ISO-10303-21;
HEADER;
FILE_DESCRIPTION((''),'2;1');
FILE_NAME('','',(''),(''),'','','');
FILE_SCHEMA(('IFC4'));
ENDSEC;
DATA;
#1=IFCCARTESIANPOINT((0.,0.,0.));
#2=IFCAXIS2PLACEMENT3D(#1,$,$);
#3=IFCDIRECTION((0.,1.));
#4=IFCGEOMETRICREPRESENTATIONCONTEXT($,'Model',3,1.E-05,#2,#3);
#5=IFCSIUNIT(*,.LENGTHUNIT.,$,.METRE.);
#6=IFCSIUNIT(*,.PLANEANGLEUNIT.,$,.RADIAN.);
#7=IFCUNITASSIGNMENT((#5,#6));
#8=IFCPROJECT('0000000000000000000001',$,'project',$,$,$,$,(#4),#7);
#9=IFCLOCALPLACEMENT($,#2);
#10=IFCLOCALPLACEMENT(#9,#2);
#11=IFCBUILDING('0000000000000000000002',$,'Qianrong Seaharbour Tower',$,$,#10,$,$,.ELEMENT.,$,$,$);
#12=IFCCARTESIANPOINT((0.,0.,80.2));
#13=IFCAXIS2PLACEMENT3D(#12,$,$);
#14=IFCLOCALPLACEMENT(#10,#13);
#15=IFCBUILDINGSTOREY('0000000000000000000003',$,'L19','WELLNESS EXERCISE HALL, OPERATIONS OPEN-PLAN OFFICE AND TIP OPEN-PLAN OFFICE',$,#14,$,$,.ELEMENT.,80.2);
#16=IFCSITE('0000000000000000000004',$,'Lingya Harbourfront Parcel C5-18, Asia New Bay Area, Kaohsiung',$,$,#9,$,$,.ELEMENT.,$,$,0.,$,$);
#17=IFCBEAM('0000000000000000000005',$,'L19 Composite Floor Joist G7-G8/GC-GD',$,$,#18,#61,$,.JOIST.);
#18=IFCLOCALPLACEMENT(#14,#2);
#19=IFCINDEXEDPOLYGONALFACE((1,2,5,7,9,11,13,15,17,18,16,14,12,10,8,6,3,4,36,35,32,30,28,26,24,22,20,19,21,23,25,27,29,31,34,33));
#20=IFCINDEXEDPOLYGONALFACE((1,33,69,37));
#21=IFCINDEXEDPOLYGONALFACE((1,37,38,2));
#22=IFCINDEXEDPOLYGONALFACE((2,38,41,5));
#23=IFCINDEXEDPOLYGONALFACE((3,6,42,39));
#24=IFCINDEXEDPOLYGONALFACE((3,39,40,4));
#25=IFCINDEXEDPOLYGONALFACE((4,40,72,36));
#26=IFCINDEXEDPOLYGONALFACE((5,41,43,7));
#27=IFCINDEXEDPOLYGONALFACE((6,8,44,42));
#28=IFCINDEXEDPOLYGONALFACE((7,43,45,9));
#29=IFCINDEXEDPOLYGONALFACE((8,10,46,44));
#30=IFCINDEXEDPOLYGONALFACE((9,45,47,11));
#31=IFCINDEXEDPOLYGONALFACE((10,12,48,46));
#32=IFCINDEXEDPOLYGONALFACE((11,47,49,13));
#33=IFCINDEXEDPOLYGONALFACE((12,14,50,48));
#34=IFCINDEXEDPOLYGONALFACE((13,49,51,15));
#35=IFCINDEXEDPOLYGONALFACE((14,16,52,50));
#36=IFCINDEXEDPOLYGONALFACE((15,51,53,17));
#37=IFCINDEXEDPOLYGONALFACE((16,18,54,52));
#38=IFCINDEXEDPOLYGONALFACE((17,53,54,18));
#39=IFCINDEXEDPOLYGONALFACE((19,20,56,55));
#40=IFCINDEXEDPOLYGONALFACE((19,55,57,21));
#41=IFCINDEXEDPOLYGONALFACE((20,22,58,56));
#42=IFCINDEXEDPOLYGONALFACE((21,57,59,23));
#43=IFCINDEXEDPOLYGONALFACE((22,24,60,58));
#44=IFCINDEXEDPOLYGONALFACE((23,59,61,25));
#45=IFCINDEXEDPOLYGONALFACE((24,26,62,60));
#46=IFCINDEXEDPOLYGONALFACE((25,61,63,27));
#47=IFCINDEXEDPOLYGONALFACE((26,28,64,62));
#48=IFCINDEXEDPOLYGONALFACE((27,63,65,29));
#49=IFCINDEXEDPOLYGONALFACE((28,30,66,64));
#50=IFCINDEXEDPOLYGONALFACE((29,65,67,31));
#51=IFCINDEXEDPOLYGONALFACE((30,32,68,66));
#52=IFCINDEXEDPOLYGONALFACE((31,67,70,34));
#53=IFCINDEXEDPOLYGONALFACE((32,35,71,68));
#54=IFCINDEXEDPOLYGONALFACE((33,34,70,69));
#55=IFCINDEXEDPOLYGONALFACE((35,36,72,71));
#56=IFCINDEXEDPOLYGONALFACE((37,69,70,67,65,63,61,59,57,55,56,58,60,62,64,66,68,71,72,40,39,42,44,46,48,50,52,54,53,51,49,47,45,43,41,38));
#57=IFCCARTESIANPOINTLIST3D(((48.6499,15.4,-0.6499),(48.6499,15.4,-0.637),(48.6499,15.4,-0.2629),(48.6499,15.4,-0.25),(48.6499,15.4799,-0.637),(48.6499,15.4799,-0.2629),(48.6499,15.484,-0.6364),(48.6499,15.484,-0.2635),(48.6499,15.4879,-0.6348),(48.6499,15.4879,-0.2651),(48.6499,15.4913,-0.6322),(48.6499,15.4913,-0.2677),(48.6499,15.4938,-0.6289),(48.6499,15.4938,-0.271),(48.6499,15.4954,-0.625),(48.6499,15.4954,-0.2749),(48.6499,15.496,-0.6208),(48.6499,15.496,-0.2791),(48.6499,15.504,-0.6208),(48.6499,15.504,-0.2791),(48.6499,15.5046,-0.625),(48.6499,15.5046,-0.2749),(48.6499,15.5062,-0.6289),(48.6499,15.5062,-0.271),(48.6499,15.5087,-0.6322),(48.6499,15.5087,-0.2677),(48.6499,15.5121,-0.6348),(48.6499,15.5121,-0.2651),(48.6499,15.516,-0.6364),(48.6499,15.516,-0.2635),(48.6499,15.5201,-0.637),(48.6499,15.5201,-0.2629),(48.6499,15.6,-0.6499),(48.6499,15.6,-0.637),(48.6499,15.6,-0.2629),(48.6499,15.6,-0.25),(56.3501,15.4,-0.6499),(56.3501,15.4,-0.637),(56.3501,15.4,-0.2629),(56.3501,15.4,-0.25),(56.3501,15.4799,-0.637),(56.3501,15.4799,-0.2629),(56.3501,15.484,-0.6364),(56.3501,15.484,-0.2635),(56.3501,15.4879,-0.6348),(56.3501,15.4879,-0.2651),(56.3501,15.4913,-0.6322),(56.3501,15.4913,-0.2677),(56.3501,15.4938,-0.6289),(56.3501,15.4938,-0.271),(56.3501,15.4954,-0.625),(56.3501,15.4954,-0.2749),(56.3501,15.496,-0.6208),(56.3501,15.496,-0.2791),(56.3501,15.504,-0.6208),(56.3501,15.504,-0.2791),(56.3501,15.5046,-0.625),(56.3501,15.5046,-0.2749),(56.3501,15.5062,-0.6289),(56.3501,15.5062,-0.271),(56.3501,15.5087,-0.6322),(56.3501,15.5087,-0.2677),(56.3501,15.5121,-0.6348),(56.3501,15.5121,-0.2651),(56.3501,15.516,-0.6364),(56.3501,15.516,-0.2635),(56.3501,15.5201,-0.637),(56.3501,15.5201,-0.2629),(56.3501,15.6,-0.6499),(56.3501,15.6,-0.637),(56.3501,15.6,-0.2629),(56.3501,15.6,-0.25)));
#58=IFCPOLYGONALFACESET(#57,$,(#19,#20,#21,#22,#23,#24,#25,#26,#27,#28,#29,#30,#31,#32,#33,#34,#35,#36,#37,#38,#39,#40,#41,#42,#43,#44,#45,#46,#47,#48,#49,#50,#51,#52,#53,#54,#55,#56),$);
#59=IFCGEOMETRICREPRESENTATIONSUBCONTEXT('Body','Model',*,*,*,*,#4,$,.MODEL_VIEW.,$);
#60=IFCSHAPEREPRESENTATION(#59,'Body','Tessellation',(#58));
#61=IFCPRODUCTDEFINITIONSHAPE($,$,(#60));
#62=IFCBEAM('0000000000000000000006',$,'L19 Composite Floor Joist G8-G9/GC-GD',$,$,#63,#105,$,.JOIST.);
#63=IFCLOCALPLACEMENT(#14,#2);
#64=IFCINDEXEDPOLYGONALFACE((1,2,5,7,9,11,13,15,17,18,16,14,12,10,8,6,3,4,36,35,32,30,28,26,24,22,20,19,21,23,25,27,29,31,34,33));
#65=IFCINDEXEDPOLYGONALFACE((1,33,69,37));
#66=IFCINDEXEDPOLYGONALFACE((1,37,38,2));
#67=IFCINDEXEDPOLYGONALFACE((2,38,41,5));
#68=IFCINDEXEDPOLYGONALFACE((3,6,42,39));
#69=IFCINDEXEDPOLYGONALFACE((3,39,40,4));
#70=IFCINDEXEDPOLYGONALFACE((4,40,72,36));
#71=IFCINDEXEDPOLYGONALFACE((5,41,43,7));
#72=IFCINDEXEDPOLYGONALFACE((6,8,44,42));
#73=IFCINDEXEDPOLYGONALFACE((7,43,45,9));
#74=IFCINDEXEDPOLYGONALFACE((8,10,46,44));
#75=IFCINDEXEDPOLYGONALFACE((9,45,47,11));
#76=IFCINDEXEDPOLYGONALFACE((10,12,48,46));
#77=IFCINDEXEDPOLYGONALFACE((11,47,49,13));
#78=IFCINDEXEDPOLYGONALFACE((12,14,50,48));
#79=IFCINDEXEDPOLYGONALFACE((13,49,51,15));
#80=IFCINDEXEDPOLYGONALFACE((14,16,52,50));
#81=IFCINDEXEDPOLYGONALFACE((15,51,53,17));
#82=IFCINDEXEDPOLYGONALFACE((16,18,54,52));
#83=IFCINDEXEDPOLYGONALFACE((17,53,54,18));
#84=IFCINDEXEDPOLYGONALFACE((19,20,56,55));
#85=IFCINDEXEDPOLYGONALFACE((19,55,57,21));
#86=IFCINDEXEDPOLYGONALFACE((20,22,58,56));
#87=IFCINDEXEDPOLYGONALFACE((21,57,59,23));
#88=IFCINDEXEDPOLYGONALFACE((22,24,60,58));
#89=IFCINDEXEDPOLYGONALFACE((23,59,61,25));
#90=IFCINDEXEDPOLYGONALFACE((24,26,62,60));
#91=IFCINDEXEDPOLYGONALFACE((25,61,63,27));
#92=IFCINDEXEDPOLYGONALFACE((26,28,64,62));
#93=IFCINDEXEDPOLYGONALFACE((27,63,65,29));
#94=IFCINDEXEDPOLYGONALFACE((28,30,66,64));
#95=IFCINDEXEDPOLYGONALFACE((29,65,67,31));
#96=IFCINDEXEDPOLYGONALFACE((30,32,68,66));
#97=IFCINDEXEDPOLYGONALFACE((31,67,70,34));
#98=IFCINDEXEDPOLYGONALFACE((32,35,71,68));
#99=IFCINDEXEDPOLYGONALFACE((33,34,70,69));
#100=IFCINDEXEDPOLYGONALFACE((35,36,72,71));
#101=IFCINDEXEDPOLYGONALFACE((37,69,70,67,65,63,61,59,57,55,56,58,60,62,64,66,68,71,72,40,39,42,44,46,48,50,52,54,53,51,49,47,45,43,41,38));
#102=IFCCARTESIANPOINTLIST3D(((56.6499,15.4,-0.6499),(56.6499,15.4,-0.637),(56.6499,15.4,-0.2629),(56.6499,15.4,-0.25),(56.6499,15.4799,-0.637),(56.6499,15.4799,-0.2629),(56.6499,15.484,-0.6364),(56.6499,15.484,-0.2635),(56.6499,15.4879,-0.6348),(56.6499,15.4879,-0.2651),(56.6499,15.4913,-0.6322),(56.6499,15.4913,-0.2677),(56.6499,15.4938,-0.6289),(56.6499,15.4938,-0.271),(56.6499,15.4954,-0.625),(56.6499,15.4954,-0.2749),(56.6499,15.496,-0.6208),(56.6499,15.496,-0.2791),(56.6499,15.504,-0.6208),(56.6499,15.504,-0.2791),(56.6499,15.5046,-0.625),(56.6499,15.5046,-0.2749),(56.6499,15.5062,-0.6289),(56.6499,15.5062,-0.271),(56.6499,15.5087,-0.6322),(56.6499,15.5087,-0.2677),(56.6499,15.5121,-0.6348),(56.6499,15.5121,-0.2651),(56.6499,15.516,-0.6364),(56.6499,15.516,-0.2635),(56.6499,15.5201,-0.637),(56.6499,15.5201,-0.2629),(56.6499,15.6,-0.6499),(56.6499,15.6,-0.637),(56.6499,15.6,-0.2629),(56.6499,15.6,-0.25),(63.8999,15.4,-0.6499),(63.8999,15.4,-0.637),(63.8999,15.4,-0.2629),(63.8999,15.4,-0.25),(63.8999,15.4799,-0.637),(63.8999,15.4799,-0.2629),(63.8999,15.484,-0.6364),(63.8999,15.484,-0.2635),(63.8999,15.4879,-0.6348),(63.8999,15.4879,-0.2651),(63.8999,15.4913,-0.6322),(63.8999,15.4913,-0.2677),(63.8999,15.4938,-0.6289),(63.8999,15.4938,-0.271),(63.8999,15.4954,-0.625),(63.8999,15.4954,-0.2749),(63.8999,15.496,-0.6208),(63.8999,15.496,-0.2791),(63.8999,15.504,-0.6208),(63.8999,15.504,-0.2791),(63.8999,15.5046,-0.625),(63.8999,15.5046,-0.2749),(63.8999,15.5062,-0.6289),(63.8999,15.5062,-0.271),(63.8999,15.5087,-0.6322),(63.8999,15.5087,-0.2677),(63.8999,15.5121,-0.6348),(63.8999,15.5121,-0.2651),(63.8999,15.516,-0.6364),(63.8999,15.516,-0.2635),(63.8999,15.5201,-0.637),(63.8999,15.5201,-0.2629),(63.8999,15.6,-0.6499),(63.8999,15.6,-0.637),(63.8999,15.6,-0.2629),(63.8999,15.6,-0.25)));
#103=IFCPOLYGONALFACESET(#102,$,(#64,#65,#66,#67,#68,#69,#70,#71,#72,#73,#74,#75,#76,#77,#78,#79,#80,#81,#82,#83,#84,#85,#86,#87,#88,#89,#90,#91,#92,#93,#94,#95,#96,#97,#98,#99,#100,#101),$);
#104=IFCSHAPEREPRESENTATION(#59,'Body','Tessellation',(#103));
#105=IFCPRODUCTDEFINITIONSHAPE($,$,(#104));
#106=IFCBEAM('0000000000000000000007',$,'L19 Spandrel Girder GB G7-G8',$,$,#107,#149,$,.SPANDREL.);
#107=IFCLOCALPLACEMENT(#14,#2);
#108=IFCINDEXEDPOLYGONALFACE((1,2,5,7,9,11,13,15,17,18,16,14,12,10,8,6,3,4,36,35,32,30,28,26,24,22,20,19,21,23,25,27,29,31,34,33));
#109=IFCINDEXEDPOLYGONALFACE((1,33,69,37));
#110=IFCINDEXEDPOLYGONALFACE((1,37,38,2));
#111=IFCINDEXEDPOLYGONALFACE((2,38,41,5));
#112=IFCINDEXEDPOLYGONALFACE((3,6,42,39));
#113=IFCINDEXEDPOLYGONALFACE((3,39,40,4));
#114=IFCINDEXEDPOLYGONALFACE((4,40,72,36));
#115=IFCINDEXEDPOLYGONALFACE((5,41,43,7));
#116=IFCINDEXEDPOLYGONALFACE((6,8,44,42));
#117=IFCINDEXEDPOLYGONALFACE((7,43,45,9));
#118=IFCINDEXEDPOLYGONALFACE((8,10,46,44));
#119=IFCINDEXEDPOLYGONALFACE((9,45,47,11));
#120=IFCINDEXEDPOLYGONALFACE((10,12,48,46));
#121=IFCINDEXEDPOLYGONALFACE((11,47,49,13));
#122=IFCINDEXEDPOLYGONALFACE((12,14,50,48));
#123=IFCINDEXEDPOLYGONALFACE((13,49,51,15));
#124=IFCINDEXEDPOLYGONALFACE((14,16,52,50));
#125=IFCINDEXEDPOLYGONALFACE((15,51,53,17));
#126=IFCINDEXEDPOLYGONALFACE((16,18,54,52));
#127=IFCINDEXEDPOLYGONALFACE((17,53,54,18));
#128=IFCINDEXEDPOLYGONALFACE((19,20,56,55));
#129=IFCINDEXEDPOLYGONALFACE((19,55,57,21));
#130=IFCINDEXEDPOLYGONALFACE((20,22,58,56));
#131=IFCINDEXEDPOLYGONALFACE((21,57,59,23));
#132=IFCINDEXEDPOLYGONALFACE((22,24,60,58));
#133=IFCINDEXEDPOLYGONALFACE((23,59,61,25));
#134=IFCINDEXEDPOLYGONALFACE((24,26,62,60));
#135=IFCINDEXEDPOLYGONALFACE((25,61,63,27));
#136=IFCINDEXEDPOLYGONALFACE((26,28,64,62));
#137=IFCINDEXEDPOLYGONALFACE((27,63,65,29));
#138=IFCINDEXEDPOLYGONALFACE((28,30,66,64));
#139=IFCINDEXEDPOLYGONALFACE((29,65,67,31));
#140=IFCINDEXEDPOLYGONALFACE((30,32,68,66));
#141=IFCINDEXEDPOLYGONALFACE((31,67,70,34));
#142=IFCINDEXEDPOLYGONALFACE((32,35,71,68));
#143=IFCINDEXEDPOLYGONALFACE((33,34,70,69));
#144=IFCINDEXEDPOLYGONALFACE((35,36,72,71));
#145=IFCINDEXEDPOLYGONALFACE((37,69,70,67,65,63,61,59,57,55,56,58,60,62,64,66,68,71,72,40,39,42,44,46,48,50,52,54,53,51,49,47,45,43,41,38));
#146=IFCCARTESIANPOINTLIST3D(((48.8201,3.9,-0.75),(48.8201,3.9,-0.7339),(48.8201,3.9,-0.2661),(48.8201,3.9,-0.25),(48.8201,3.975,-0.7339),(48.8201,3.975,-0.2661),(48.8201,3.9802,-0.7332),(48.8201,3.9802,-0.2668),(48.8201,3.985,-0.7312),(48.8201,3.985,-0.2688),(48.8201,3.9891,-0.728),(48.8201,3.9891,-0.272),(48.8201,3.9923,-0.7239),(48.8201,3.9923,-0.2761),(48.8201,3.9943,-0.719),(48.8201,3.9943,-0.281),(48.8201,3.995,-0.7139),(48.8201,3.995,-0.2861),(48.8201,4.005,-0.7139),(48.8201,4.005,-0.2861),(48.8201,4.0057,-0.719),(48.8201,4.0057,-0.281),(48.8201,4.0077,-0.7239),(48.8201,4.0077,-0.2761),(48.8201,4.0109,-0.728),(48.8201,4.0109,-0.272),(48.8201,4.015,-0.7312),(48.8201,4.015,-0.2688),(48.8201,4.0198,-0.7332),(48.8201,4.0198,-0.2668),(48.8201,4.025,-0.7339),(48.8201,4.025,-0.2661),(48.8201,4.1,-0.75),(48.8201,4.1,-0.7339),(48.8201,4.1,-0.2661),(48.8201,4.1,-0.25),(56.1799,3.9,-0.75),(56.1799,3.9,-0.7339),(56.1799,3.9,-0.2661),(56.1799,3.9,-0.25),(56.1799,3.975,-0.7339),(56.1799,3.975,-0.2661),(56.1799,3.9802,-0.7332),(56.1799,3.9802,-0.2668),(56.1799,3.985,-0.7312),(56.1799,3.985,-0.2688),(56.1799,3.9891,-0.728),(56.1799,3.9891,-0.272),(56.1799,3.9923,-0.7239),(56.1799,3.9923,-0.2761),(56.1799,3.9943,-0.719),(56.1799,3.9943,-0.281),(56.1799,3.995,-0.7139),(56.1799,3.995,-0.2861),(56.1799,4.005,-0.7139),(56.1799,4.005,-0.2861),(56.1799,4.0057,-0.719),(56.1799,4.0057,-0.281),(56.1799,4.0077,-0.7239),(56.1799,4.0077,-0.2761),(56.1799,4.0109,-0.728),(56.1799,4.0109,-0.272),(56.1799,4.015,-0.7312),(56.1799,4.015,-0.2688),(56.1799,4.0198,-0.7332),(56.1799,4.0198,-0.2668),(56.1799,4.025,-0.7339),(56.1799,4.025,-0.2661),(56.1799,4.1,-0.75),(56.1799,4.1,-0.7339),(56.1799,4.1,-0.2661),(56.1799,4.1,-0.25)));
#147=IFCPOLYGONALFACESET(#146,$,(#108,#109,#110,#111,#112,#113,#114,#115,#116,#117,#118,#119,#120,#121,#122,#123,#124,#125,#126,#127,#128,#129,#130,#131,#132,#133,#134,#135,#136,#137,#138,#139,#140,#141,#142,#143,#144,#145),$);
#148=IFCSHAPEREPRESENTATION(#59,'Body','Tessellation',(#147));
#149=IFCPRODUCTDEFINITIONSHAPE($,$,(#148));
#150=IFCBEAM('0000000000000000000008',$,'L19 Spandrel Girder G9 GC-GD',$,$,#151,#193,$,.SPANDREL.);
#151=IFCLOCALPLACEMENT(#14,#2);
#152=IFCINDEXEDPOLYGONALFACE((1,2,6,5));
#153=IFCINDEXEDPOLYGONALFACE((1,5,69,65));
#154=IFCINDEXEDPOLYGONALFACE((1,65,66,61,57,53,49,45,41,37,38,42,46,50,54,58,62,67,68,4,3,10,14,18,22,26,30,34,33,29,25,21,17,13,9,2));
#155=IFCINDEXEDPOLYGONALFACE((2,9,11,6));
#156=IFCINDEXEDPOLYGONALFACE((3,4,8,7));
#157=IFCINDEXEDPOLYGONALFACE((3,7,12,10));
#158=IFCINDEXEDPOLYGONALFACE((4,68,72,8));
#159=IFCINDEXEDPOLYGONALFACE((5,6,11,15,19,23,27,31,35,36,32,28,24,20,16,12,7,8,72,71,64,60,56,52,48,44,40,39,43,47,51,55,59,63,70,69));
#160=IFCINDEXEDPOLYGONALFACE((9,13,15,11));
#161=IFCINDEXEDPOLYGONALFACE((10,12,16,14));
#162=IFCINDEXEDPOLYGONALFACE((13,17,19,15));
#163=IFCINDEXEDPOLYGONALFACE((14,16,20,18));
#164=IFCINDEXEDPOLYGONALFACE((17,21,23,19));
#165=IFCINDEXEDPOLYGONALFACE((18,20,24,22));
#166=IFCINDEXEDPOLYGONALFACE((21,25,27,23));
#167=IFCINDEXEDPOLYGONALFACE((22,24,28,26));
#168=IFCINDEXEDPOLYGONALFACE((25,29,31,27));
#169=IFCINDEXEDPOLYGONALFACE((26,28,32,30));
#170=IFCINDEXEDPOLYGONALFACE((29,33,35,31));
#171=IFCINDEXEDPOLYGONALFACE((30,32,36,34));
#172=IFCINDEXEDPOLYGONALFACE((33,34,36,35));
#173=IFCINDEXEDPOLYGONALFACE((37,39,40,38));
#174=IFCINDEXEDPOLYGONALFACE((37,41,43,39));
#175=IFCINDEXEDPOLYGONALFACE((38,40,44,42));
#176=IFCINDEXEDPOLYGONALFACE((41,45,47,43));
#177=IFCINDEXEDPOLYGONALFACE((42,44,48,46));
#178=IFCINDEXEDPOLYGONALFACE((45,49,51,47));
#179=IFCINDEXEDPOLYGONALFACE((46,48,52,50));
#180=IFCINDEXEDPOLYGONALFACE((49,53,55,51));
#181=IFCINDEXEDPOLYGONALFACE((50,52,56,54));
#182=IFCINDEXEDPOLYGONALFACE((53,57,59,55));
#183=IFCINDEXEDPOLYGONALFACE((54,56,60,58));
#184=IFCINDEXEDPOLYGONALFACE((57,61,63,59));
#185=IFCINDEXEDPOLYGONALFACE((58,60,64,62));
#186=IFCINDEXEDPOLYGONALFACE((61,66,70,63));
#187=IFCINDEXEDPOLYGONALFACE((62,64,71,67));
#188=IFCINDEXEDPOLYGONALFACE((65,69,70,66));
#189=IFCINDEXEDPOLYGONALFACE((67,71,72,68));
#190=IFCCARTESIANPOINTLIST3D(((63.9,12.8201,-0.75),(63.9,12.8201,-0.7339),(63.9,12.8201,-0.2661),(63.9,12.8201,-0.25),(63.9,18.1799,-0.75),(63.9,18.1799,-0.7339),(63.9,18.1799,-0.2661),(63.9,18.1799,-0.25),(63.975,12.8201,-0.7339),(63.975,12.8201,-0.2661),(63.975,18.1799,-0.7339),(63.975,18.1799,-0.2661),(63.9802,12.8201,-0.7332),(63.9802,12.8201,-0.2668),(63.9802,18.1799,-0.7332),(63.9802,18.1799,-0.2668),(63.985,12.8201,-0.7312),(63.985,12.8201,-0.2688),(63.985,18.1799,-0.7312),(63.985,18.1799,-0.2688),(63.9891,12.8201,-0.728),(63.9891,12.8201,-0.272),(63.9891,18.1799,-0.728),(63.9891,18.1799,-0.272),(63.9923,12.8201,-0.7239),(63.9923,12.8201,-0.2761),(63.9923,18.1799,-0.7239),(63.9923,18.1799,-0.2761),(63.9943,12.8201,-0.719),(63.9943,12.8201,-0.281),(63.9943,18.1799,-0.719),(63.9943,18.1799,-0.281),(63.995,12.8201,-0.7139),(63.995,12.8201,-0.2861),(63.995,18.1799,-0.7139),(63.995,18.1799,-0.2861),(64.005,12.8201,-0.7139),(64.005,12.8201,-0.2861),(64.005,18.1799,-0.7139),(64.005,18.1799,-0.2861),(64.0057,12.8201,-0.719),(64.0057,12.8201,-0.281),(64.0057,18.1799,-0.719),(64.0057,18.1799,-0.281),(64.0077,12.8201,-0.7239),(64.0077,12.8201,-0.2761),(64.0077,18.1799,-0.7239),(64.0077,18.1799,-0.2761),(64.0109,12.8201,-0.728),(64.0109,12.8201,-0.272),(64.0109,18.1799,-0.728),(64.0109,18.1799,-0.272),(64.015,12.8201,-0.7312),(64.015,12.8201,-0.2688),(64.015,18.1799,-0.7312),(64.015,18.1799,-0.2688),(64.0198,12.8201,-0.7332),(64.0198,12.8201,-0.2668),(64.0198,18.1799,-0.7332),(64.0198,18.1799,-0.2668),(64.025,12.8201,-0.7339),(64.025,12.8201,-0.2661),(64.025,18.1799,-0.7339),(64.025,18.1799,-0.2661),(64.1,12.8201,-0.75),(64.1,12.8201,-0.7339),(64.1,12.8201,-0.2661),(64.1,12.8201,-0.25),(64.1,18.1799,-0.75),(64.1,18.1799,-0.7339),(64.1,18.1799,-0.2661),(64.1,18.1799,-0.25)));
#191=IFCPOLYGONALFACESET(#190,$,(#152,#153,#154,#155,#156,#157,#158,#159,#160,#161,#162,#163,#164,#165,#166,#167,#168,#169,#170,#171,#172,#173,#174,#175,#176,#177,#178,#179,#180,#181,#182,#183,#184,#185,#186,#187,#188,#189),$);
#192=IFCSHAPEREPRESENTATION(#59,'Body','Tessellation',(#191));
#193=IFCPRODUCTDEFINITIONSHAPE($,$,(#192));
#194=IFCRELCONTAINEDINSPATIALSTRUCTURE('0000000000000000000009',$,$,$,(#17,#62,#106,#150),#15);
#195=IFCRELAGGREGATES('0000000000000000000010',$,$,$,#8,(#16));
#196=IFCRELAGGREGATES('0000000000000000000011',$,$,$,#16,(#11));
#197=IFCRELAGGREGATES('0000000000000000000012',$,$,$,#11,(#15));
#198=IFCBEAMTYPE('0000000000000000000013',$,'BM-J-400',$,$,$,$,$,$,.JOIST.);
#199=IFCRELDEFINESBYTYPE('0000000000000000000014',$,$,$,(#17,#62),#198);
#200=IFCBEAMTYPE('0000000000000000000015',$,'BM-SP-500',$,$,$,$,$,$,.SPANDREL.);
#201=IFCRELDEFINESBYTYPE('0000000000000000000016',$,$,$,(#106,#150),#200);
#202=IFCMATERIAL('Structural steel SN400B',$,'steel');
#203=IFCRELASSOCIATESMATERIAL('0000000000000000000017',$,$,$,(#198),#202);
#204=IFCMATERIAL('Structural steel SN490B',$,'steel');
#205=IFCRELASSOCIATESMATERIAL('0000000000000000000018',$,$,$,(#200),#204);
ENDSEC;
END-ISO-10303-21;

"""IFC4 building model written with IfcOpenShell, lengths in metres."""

from ifc_helpers import new_model, si_unit, direction, frame, origin, origin_2d, place, context, subcontext, project, spatial, i_section, extrude, material, material_profile, profile_set, type_object, element, save


model = new_model("IFC4")

# Units and contexts
model_context = context("Model", 3, precision=1e-05, world=origin(), true_north=direction((0.0, 1.0)))
body_context = subcontext(model_context, "Body", "Model", "MODEL_VIEW")
ifc_project = project(units=[si_unit("LENGTHUNIT", "METRE"), si_unit("PLANEANGLEUNIT", "RADIAN")], contexts=[model_context])

# Site, building, storey
site_placement = place(None, origin())
site = spatial("IfcSite", under=ifc_project, at=site_placement, Name="Lingya Harbourfront Parcel C5-18, Asia New Bay Area, Kaohsiung", CompositionType="ELEMENT", RefElevation=0.0)
building_placement = place(site_placement, origin())
building = spatial("IfcBuilding", under=site, at=building_placement, Name="Qianrong Seaharbour Tower", CompositionType="ELEMENT")
storey_placement = place(building_placement, frame((0.0, 0.0, 80.2)))
storey = spatial("IfcBuildingStorey", under=building, at=storey_placement, Name="L19", Description="WELLNESS EXERCISE HALL, OPERATIONS OPEN-PLAN OFFICE AND TIP OPEN-PLAN OFFICE", CompositionType="ELEMENT", Elevation=80.2)

# Shared definitions
ifc_material_1 = material(Name="Structural steel SN490B", Category="steel")

# Beams
ifc_material_2 = material(Name="Structural steel SN400B", Category="steel")
ifc_material_profile_1 = material_profile(ifc_material_2, i_section(OverallWidth=0.2, OverallDepth=0.3999, WebThickness=0.0081, FlangeThickness=0.0129, FilletRadius=0.0161, at=origin_2d()), Name="H400x200x8x13")
ifc_profile_set_1 = profile_set([ifc_material_profile_1], Name="Structural steel SN400B")
beam_type_1 = type_object("IfcBeamType", Name="BM-J-400", PredefinedType="JOIST", material=ifc_profile_set_1)
for number, where, z_axis, x_axis, name in (
    (1, (48.6499, 15.5, -0.45), (1.0, 0.0, 0.0), (0.0, 1.0, 0.0), "L19 Composite Floor Joist G7-G8/GC-GD"),
):
    element("IfcBeam", number, at=place(storey_placement, frame(where, z_axis=z_axis, x_axis=x_axis)), inside=storey, type_object=beam_type_1, Name=name, PredefinedType="JOIST", context=body_context, shape_type="SweptSolid", body=[
        extrude(i_section(OverallWidth=0.2, OverallDepth=0.3999, WebThickness=0.0081, FlangeThickness=0.0129, FilletRadius=0.0161, at=origin_2d()), origin(), (0.0, 0.0, 1.0), 7.7002),
    ])
beam_1_placement = place(storey_placement, frame((56.6499, 15.5, -0.45), z_axis=(1.0, 0.0, 0.0), x_axis=(0.0, 1.0, 0.0)))
element("IfcBeam", 2, at=beam_1_placement, inside=storey, type_object=beam_type_1, Name="L19 Composite Floor Joist G8-G9/GC-GD", PredefinedType="JOIST", context=body_context, shape_type="SweptSolid", body=[
    extrude(i_section(OverallWidth=0.2, OverallDepth=0.3999, WebThickness=0.0081, FlangeThickness=0.0129, FilletRadius=0.0161, at=origin_2d()), origin(), (0.0, 0.0, 1.0), 7.25),
])
ifc_material_profile_2 = material_profile(ifc_material_1, i_section(OverallWidth=0.2, OverallDepth=0.5, WebThickness=0.01, FlangeThickness=0.0161, FilletRadius=0.02, at=origin_2d()), Name="H500x200x10x16")
ifc_profile_set_2 = profile_set([ifc_material_profile_2], Name="Structural steel SN490B")
beam_type_2 = type_object("IfcBeamType", Name="BM-SP-500", PredefinedType="SPANDREL", material=ifc_profile_set_2)
beam_2_placement = place(storey_placement, frame((48.8201, 4.0, -0.5), z_axis=(1.0, 0.0, 0.0), x_axis=(0.0, 1.0, 0.0)))
element("IfcBeam", 3, at=beam_2_placement, inside=storey, type_object=beam_type_2, Name="L19 Spandrel Girder GB G7-G8", PredefinedType="SPANDREL", context=body_context, shape_type="SweptSolid", body=[
    extrude(i_section(OverallWidth=0.2, OverallDepth=0.5, WebThickness=0.01, FlangeThickness=0.0161, FilletRadius=0.02, at=origin_2d()), origin(), (0.0, 0.0, 1.0), 7.3599),
])
beam_3_placement = place(storey_placement, frame((64.0, 12.8201, -0.5), z_axis=(0.0, 1.0, 0.0), x_axis=(-1.0, 0.0, 0.0)))
element("IfcBeam", 4, at=beam_3_placement, inside=storey, type_object=beam_type_2, Name="L19 Spandrel Girder G9 GC-GD", PredefinedType="SPANDREL", context=body_context, shape_type="SweptSolid", body=[
    extrude(i_section(OverallWidth=0.2, OverallDepth=0.5, WebThickness=0.01, FlangeThickness=0.0161, FilletRadius=0.02, at=origin_2d()), origin(), (0.0, 0.0, 1.0), 5.3599),
])

save(model, "model.ifc")
